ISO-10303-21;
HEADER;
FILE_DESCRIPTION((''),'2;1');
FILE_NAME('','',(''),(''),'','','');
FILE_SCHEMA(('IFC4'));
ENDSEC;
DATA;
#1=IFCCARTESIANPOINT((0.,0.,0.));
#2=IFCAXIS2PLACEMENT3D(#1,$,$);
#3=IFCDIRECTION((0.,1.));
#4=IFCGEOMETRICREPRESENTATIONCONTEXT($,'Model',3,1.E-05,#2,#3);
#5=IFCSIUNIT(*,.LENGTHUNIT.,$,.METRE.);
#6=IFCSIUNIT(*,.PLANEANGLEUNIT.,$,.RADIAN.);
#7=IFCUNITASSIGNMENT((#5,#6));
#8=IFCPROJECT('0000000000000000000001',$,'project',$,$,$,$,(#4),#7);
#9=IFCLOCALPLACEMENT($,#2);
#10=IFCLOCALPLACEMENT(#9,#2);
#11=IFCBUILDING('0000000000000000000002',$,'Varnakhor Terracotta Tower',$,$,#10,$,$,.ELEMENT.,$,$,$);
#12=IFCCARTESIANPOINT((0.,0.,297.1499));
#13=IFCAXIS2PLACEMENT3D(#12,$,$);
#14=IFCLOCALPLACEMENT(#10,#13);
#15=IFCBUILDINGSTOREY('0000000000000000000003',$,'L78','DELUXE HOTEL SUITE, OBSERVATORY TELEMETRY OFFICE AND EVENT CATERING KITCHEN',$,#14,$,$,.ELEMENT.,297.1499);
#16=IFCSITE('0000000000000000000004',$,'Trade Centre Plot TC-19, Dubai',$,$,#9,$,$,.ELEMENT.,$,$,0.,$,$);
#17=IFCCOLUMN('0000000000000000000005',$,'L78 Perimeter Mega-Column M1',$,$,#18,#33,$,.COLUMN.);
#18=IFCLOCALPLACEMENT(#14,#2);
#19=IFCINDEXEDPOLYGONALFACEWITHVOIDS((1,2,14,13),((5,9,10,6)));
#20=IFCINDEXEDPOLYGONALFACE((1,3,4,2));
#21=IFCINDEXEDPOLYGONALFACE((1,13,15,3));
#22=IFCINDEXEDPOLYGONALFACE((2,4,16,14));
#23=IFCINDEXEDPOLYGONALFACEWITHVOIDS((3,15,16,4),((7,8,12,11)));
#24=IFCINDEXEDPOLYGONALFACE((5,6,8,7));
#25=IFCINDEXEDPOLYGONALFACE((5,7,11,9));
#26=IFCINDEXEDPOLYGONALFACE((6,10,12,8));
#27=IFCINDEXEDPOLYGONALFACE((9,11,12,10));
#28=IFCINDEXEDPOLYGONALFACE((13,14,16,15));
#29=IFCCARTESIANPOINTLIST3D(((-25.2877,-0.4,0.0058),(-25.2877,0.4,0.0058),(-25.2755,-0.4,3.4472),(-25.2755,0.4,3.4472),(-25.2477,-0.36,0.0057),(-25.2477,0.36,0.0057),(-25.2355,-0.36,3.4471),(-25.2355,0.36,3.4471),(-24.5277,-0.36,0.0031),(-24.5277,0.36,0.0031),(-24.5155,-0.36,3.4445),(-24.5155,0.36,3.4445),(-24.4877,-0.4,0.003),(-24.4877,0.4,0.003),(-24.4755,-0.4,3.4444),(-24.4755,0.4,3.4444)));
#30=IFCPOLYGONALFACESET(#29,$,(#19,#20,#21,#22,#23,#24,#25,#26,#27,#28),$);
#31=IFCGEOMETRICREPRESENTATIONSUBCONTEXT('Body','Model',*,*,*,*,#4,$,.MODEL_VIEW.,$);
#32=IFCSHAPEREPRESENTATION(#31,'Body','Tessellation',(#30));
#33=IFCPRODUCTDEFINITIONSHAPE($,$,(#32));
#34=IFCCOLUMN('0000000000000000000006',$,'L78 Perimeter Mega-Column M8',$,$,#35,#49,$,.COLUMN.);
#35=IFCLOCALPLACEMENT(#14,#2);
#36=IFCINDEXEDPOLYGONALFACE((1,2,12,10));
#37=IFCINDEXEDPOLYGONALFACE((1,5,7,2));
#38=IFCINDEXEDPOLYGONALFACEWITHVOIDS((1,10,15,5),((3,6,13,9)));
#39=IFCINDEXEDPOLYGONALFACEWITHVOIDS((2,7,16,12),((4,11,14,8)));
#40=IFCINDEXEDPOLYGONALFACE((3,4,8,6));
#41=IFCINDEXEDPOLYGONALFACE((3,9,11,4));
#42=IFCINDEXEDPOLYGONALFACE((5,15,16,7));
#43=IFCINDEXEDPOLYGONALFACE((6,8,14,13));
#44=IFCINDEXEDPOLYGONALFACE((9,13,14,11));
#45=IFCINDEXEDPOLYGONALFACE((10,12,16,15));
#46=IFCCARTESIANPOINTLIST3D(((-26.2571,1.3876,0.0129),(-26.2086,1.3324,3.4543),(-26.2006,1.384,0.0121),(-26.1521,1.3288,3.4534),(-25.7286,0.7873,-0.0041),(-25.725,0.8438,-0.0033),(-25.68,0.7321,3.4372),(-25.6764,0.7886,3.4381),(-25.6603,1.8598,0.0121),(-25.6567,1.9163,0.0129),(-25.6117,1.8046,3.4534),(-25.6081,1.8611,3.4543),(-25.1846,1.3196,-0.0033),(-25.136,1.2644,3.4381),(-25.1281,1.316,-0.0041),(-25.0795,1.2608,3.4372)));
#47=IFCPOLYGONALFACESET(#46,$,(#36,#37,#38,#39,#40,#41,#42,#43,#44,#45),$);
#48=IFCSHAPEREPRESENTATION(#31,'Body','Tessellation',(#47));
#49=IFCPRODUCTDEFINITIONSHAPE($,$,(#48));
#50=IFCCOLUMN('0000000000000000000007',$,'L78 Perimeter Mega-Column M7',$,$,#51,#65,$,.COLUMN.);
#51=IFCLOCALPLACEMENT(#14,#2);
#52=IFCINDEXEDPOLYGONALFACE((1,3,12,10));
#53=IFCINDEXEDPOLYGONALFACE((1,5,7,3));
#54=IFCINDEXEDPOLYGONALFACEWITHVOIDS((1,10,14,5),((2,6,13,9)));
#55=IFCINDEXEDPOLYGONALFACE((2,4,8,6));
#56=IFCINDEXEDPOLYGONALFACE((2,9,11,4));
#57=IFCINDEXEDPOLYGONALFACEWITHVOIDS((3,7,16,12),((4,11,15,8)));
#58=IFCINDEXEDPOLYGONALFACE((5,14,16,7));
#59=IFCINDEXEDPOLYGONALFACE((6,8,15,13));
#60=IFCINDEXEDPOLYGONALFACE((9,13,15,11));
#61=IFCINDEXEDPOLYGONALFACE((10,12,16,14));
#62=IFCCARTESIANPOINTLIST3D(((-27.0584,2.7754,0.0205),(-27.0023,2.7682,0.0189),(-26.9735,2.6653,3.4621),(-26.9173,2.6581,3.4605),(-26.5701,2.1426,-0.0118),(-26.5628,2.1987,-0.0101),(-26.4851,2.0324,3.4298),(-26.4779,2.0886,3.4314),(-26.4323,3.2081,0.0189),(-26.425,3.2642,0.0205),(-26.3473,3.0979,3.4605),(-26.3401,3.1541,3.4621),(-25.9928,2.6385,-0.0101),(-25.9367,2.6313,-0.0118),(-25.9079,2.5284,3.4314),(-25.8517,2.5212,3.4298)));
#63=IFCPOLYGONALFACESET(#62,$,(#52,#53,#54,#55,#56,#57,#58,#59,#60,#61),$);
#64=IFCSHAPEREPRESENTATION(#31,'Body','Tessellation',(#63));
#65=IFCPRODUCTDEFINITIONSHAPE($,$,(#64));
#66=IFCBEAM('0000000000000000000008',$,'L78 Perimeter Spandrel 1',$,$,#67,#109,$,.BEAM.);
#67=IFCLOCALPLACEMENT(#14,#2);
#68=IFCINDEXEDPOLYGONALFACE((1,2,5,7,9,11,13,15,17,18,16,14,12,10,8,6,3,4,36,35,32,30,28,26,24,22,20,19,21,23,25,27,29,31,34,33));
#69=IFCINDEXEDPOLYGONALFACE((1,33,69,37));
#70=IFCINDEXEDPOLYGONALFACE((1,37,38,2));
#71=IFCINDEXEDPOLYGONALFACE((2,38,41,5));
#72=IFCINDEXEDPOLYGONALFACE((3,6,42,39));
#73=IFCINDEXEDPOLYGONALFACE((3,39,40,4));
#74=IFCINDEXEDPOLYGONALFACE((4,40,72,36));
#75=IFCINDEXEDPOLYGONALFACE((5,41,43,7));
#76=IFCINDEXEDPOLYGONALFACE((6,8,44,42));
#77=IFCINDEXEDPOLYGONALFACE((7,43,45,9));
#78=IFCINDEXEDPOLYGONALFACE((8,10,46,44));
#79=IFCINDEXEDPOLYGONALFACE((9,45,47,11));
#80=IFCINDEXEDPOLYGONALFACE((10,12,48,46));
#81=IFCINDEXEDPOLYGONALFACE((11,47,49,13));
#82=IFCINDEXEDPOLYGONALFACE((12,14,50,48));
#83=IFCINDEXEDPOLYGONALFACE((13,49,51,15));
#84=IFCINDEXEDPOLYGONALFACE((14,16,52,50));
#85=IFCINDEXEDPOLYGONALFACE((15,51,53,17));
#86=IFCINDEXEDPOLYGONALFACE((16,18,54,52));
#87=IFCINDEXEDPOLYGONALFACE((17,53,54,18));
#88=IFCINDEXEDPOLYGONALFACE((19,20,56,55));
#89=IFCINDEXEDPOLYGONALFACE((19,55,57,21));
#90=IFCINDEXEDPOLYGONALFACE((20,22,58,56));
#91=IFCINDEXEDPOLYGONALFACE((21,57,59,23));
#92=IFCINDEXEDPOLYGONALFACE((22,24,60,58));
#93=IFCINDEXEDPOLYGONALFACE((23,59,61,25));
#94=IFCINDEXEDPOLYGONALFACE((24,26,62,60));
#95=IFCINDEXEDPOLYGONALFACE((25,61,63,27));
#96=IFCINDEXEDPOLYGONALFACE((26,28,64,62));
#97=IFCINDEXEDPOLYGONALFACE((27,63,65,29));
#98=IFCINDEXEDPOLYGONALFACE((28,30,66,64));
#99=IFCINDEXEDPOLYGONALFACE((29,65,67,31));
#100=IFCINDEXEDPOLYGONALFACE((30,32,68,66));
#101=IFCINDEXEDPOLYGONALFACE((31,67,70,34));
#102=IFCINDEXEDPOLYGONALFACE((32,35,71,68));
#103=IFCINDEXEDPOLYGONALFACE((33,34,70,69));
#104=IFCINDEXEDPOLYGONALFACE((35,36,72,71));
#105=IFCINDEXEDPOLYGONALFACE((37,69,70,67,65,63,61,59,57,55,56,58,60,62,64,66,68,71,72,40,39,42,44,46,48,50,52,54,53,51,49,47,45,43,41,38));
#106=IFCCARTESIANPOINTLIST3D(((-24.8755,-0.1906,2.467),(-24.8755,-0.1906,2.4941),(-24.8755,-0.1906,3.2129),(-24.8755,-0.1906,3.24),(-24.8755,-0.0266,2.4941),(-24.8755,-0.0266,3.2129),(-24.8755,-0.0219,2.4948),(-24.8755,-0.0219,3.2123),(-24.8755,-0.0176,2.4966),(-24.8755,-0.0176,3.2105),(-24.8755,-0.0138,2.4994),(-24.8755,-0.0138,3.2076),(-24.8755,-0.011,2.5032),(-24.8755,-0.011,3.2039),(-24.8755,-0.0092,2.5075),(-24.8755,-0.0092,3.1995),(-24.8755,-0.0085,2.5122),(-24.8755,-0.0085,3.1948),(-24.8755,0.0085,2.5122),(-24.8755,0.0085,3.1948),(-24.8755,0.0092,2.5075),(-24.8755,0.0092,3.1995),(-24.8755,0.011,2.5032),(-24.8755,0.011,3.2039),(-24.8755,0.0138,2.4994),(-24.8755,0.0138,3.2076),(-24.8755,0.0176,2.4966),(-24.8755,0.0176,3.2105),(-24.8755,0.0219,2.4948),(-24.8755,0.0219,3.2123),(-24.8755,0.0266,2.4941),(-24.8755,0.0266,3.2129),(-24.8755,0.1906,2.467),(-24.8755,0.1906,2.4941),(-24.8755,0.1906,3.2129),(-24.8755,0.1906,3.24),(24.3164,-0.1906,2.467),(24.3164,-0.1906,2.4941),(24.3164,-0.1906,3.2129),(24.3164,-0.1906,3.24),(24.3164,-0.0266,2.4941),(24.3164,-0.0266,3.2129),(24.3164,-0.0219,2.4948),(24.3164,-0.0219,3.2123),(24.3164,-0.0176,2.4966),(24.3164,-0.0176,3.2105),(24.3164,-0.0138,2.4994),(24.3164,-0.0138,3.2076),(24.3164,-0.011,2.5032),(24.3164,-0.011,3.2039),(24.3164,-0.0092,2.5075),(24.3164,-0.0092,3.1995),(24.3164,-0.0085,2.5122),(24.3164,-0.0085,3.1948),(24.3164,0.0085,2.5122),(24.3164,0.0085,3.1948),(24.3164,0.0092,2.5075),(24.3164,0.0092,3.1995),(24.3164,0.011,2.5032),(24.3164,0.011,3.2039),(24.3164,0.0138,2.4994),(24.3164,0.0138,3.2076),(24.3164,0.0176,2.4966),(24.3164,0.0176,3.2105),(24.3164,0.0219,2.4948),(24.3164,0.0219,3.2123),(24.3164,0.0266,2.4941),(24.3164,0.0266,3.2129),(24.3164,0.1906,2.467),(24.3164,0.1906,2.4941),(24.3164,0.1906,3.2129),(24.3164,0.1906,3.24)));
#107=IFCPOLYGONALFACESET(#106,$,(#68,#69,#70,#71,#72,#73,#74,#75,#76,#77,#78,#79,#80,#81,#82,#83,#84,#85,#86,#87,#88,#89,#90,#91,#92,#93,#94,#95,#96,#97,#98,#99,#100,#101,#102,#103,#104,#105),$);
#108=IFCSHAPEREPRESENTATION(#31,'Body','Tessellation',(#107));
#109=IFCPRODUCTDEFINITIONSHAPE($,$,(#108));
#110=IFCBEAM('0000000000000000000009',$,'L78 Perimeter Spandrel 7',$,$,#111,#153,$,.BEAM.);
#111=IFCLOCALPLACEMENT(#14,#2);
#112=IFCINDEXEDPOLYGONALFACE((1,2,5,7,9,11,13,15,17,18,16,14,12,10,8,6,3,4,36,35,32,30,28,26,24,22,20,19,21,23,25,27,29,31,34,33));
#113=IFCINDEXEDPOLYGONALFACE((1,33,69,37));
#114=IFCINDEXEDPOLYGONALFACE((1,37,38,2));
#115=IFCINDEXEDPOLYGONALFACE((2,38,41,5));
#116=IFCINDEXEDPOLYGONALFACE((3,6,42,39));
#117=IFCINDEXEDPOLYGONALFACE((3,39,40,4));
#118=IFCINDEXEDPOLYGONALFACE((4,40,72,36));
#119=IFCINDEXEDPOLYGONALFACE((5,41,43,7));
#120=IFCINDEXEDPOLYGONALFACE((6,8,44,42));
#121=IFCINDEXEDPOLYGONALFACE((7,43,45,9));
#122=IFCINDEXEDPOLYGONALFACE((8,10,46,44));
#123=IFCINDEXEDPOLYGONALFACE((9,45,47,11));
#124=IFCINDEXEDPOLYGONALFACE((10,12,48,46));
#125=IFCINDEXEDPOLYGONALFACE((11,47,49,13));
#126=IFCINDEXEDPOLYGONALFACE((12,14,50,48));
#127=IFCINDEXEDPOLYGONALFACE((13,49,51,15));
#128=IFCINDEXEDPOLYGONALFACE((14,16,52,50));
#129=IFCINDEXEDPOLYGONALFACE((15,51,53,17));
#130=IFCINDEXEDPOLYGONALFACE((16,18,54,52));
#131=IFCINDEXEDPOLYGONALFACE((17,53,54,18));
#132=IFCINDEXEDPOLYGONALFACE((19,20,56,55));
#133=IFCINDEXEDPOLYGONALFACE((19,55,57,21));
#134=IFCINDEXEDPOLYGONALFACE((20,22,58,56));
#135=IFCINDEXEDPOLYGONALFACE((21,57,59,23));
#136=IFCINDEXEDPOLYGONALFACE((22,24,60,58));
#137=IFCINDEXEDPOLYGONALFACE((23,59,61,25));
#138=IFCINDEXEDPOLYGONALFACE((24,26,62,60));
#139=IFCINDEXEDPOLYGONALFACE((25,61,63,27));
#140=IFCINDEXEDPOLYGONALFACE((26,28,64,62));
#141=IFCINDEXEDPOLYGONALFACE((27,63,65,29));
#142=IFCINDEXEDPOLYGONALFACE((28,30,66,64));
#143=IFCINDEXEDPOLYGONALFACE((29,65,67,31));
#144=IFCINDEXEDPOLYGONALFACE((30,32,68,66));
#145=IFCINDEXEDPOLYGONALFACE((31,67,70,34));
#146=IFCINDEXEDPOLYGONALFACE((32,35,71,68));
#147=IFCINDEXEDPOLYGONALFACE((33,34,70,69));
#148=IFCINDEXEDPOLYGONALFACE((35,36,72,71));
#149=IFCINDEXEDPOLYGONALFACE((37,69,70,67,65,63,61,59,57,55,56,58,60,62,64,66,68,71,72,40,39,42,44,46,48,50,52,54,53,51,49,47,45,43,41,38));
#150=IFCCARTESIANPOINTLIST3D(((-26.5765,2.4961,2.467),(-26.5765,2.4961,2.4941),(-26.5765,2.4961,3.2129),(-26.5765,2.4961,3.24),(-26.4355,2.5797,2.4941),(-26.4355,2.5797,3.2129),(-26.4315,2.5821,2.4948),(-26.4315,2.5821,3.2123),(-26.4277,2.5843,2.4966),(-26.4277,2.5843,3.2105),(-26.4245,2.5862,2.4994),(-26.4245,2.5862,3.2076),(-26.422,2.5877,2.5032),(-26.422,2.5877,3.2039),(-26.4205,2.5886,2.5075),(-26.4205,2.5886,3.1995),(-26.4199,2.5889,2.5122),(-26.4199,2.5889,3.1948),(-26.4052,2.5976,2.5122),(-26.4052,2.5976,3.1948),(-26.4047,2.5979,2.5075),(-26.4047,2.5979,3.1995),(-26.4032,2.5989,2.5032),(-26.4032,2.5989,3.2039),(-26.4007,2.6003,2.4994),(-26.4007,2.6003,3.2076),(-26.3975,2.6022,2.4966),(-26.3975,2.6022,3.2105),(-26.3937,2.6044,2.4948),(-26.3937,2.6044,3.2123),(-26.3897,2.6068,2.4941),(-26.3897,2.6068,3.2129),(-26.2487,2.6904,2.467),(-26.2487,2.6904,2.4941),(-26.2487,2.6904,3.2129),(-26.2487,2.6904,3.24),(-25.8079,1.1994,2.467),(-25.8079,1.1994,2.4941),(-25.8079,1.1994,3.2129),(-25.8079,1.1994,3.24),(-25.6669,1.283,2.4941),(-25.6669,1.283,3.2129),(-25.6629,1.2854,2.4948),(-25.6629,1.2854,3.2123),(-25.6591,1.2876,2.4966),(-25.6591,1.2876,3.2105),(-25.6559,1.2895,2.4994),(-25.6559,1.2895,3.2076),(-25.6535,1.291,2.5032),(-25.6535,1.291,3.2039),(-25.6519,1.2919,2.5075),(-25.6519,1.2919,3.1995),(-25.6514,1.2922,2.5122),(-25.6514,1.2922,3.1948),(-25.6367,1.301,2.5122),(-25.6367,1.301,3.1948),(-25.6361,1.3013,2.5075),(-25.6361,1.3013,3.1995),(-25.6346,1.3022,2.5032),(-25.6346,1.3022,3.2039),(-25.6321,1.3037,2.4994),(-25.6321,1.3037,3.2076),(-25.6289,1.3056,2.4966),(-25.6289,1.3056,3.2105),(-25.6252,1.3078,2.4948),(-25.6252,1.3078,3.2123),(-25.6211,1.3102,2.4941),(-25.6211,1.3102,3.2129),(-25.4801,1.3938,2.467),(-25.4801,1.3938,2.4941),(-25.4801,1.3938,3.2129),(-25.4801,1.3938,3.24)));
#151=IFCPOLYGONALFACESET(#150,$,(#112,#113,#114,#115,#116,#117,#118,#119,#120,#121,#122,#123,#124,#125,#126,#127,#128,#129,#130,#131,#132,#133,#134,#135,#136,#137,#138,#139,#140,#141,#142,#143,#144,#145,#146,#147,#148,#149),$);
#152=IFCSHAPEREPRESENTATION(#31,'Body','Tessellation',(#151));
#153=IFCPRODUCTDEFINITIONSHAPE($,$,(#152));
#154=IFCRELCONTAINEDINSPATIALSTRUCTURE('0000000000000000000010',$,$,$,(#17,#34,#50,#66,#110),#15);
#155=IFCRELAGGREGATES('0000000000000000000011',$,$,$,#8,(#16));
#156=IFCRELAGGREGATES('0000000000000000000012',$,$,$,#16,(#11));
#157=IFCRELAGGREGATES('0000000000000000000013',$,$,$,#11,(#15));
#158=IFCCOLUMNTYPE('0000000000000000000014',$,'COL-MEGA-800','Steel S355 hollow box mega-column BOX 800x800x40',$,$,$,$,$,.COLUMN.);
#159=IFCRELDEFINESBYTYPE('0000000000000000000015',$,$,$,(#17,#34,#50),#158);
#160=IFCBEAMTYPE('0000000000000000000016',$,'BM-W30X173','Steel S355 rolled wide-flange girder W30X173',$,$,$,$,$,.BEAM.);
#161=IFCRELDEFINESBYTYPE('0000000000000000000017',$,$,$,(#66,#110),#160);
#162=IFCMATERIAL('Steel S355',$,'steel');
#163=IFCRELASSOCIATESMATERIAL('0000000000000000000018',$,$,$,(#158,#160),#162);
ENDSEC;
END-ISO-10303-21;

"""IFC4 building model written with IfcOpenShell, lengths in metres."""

from ifc_helpers import new_model, si_unit, direction, frame, origin, origin_2d, place, context, subcontext, project, spatial, hollow_rectangle, i_section, extrude, source, transform, mapped, material, material_profile, profile_set, type_object, type_shapes, element, save


model = new_model("IFC4")

# Units and contexts
model_context = context("Model", 3, precision=1e-05, world=origin(), true_north=direction((0.0, 1.0)))
body_context = subcontext(model_context, "Body", "Model", "MODEL_VIEW")
ifc_project = project(units=[si_unit("LENGTHUNIT", "METRE"), si_unit("PLANEANGLEUNIT", "RADIAN")], contexts=[model_context])

# Site, building, storey
site_placement = place(None, origin())
site = spatial("IfcSite", under=ifc_project, at=site_placement, Name="Trade Centre Plot TC-19, Dubai", CompositionType="ELEMENT", RefElevation=0.0)
building_placement = place(site_placement, origin())
building = spatial("IfcBuilding", under=site, at=building_placement, Name="Varnakhor Terracotta Tower", CompositionType="ELEMENT")
storey_placement = place(building_placement, frame((0.0, 0.0, 297.1499)))
storey = spatial("IfcBuildingStorey", under=building, at=storey_placement, Name="L78", Description="DELUXE HOTEL SUITE, OBSERVATORY TELEMETRY OFFICE AND EVENT CATERING KITCHEN", CompositionType="ELEMENT", Elevation=297.1499)

# Columns
ifc_material_1 = material(Name="Steel S355", Category="steel")
ifc_material_profile_1 = material_profile(ifc_material_1, hollow_rectangle(XDim=0.8, YDim=0.8, WallThickness=0.04, at=origin_2d()), Name="BOX 800x800x40")
ifc_profile_set_1 = profile_set([ifc_material_profile_1], Name="Steel S355")
column_type = type_object("IfcColumnType", Name="COL-MEGA-800", Description="Steel S355 hollow box mega-column BOX 800x800x40", PredefinedType="COLUMN", material=ifc_profile_set_1)
shared_shape_1 = source(origin(), body_context, "Body", "SweptSolid", [
    extrude(hollow_rectangle(XDim=0.8, YDim=0.8, WallThickness=0.04, at=origin_2d()), origin(), (0.0, 0.0, 1.0), 3.4414),
])
type_shapes(column_type, [shared_shape_1])
column_1_placement = place(storey_placement, frame((-24.8877, 0.0, 0.0044), z_axis=(0.003547, 0.0, 0.999994), x_axis=(0.0, 1.0, 0.0)))
element("IfcColumn", 1, at=column_1_placement, inside=storey, type_object=column_type, Name="L78 Perimeter Mega-Column M1", PredefinedType="COLUMN", context=body_context, shape_type="MappedRepresentation", body=[
    mapped(shared_shape_1, transform((0.0, 0.0, 0.0), scale=1.0)),
])
shared_shape_2 = source(origin(), body_context, "Body", "SweptSolid", [
    extrude(hollow_rectangle(XDim=0.8, YDim=0.8, WallThickness=0.04, at=origin_2d()), origin(), (0.0, 0.0, 1.0), 3.4421),
])
column_2_placement = place(storey_placement, frame((-25.6926, 1.3518, 0.0044), z_axis=(0.014114, -0.016029, 0.999772), x_axis=(0.750516, 0.660852, 0.0)))
element("IfcColumn", 2, at=column_2_placement, inside=storey, type_object=column_type, Name="L78 Perimeter Mega-Column M8", PredefinedType="COLUMN", context=body_context, shape_type="MappedRepresentation", body=[
    mapped(shared_shape_2, transform((0.0, 0.0, 0.0), scale=1.0)),
])
shared_shape_3 = source(origin(), body_context, "Body", "SweptSolid", [
    extrude(hollow_rectangle(XDim=0.8, YDim=0.8, WallThickness=0.04, at=origin_2d()), origin(), (0.0, 0.0, 1.0), 3.4443),
])
column_3_placement = place(storey_placement, frame((-26.4976, 2.7034, 0.0044), z_axis=(0.024668, -0.031969, 0.999184), x_axis=(0.791709, 0.610898, 0.0)))
element("IfcColumn", 3, at=column_3_placement, inside=storey, type_object=column_type, Name="L78 Perimeter Mega-Column M7", PredefinedType="COLUMN", context=body_context, shape_type="MappedRepresentation", body=[
    mapped(shared_shape_3, transform((0.0, 0.0, 0.0), scale=1.0)),
])

# Beams
ifc_material_profile_2 = material_profile(ifc_material_1, i_section(OverallWidth=0.3811, OverallDepth=0.7729, WebThickness=0.0171, FlangeThickness=0.0271, FilletRadius=0.0181, at=origin_2d()), Name="W30X173")
ifc_profile_set_2 = profile_set([ifc_material_profile_2], Name="Steel S355")
beam_type_1 = type_object("IfcBeamType", Name="BM-W30X173", Description="Steel S355 rolled wide-flange girder W30X173", PredefinedType="BEAM", material=ifc_profile_set_2)
shared_shape_4 = source(origin(), body_context, "Body", "SweptSolid", [
    extrude(i_section(OverallWidth=0.3811, OverallDepth=0.7729, WebThickness=0.0171, FlangeThickness=0.0271, FilletRadius=0.0181, at=origin_2d()), origin(), (0.0, 0.0, 1.0), 49.1919),
])
beam_1_placement = place(storey_placement, frame((-24.8755, 0.0, 2.8535), z_axis=(1.0, 0.0, 0.0), x_axis=(0.0, 1.0, 0.0)))
element("IfcBeam", 4, at=beam_1_placement, inside=storey, type_object=beam_type_1, Name="L78 Perimeter Spandrel 1", PredefinedType="BEAM", context=body_context, shape_type="MappedRepresentation", body=[
    mapped(shared_shape_4, transform((0.0, 0.0, 0.0), scale=1.0)),
])
shared_shape_5 = source(origin(), body_context, "Body", "SweptSolid", [
    extrude(i_section(OverallWidth=0.3811, OverallDepth=0.7729, WebThickness=0.0171, FlangeThickness=0.0271, FilletRadius=0.0181, at=origin_2d()), origin(), (0.0, 0.0, 1.0), 1.5073),
])
for number, where, z_axis, x_axis, name in (
    (5, (-26.4126, 2.5933, 2.8535), (0.509891, -0.860239, 0.0), (0.860239, 0.509891, 0.0), "L78 Perimeter Spandrel 7"),
):
    element("IfcBeam", number, at=place(storey_placement, frame(where, z_axis=z_axis, x_axis=x_axis)), inside=storey, type_object=beam_type_1, Name=name, PredefinedType="BEAM", context=body_context, shape_type="MappedRepresentation", body=[
        mapped(shared_shape_5, transform((0.0, 0.0, 0.0), scale=1.0)),
    ])

save(model, "model.ifc")
